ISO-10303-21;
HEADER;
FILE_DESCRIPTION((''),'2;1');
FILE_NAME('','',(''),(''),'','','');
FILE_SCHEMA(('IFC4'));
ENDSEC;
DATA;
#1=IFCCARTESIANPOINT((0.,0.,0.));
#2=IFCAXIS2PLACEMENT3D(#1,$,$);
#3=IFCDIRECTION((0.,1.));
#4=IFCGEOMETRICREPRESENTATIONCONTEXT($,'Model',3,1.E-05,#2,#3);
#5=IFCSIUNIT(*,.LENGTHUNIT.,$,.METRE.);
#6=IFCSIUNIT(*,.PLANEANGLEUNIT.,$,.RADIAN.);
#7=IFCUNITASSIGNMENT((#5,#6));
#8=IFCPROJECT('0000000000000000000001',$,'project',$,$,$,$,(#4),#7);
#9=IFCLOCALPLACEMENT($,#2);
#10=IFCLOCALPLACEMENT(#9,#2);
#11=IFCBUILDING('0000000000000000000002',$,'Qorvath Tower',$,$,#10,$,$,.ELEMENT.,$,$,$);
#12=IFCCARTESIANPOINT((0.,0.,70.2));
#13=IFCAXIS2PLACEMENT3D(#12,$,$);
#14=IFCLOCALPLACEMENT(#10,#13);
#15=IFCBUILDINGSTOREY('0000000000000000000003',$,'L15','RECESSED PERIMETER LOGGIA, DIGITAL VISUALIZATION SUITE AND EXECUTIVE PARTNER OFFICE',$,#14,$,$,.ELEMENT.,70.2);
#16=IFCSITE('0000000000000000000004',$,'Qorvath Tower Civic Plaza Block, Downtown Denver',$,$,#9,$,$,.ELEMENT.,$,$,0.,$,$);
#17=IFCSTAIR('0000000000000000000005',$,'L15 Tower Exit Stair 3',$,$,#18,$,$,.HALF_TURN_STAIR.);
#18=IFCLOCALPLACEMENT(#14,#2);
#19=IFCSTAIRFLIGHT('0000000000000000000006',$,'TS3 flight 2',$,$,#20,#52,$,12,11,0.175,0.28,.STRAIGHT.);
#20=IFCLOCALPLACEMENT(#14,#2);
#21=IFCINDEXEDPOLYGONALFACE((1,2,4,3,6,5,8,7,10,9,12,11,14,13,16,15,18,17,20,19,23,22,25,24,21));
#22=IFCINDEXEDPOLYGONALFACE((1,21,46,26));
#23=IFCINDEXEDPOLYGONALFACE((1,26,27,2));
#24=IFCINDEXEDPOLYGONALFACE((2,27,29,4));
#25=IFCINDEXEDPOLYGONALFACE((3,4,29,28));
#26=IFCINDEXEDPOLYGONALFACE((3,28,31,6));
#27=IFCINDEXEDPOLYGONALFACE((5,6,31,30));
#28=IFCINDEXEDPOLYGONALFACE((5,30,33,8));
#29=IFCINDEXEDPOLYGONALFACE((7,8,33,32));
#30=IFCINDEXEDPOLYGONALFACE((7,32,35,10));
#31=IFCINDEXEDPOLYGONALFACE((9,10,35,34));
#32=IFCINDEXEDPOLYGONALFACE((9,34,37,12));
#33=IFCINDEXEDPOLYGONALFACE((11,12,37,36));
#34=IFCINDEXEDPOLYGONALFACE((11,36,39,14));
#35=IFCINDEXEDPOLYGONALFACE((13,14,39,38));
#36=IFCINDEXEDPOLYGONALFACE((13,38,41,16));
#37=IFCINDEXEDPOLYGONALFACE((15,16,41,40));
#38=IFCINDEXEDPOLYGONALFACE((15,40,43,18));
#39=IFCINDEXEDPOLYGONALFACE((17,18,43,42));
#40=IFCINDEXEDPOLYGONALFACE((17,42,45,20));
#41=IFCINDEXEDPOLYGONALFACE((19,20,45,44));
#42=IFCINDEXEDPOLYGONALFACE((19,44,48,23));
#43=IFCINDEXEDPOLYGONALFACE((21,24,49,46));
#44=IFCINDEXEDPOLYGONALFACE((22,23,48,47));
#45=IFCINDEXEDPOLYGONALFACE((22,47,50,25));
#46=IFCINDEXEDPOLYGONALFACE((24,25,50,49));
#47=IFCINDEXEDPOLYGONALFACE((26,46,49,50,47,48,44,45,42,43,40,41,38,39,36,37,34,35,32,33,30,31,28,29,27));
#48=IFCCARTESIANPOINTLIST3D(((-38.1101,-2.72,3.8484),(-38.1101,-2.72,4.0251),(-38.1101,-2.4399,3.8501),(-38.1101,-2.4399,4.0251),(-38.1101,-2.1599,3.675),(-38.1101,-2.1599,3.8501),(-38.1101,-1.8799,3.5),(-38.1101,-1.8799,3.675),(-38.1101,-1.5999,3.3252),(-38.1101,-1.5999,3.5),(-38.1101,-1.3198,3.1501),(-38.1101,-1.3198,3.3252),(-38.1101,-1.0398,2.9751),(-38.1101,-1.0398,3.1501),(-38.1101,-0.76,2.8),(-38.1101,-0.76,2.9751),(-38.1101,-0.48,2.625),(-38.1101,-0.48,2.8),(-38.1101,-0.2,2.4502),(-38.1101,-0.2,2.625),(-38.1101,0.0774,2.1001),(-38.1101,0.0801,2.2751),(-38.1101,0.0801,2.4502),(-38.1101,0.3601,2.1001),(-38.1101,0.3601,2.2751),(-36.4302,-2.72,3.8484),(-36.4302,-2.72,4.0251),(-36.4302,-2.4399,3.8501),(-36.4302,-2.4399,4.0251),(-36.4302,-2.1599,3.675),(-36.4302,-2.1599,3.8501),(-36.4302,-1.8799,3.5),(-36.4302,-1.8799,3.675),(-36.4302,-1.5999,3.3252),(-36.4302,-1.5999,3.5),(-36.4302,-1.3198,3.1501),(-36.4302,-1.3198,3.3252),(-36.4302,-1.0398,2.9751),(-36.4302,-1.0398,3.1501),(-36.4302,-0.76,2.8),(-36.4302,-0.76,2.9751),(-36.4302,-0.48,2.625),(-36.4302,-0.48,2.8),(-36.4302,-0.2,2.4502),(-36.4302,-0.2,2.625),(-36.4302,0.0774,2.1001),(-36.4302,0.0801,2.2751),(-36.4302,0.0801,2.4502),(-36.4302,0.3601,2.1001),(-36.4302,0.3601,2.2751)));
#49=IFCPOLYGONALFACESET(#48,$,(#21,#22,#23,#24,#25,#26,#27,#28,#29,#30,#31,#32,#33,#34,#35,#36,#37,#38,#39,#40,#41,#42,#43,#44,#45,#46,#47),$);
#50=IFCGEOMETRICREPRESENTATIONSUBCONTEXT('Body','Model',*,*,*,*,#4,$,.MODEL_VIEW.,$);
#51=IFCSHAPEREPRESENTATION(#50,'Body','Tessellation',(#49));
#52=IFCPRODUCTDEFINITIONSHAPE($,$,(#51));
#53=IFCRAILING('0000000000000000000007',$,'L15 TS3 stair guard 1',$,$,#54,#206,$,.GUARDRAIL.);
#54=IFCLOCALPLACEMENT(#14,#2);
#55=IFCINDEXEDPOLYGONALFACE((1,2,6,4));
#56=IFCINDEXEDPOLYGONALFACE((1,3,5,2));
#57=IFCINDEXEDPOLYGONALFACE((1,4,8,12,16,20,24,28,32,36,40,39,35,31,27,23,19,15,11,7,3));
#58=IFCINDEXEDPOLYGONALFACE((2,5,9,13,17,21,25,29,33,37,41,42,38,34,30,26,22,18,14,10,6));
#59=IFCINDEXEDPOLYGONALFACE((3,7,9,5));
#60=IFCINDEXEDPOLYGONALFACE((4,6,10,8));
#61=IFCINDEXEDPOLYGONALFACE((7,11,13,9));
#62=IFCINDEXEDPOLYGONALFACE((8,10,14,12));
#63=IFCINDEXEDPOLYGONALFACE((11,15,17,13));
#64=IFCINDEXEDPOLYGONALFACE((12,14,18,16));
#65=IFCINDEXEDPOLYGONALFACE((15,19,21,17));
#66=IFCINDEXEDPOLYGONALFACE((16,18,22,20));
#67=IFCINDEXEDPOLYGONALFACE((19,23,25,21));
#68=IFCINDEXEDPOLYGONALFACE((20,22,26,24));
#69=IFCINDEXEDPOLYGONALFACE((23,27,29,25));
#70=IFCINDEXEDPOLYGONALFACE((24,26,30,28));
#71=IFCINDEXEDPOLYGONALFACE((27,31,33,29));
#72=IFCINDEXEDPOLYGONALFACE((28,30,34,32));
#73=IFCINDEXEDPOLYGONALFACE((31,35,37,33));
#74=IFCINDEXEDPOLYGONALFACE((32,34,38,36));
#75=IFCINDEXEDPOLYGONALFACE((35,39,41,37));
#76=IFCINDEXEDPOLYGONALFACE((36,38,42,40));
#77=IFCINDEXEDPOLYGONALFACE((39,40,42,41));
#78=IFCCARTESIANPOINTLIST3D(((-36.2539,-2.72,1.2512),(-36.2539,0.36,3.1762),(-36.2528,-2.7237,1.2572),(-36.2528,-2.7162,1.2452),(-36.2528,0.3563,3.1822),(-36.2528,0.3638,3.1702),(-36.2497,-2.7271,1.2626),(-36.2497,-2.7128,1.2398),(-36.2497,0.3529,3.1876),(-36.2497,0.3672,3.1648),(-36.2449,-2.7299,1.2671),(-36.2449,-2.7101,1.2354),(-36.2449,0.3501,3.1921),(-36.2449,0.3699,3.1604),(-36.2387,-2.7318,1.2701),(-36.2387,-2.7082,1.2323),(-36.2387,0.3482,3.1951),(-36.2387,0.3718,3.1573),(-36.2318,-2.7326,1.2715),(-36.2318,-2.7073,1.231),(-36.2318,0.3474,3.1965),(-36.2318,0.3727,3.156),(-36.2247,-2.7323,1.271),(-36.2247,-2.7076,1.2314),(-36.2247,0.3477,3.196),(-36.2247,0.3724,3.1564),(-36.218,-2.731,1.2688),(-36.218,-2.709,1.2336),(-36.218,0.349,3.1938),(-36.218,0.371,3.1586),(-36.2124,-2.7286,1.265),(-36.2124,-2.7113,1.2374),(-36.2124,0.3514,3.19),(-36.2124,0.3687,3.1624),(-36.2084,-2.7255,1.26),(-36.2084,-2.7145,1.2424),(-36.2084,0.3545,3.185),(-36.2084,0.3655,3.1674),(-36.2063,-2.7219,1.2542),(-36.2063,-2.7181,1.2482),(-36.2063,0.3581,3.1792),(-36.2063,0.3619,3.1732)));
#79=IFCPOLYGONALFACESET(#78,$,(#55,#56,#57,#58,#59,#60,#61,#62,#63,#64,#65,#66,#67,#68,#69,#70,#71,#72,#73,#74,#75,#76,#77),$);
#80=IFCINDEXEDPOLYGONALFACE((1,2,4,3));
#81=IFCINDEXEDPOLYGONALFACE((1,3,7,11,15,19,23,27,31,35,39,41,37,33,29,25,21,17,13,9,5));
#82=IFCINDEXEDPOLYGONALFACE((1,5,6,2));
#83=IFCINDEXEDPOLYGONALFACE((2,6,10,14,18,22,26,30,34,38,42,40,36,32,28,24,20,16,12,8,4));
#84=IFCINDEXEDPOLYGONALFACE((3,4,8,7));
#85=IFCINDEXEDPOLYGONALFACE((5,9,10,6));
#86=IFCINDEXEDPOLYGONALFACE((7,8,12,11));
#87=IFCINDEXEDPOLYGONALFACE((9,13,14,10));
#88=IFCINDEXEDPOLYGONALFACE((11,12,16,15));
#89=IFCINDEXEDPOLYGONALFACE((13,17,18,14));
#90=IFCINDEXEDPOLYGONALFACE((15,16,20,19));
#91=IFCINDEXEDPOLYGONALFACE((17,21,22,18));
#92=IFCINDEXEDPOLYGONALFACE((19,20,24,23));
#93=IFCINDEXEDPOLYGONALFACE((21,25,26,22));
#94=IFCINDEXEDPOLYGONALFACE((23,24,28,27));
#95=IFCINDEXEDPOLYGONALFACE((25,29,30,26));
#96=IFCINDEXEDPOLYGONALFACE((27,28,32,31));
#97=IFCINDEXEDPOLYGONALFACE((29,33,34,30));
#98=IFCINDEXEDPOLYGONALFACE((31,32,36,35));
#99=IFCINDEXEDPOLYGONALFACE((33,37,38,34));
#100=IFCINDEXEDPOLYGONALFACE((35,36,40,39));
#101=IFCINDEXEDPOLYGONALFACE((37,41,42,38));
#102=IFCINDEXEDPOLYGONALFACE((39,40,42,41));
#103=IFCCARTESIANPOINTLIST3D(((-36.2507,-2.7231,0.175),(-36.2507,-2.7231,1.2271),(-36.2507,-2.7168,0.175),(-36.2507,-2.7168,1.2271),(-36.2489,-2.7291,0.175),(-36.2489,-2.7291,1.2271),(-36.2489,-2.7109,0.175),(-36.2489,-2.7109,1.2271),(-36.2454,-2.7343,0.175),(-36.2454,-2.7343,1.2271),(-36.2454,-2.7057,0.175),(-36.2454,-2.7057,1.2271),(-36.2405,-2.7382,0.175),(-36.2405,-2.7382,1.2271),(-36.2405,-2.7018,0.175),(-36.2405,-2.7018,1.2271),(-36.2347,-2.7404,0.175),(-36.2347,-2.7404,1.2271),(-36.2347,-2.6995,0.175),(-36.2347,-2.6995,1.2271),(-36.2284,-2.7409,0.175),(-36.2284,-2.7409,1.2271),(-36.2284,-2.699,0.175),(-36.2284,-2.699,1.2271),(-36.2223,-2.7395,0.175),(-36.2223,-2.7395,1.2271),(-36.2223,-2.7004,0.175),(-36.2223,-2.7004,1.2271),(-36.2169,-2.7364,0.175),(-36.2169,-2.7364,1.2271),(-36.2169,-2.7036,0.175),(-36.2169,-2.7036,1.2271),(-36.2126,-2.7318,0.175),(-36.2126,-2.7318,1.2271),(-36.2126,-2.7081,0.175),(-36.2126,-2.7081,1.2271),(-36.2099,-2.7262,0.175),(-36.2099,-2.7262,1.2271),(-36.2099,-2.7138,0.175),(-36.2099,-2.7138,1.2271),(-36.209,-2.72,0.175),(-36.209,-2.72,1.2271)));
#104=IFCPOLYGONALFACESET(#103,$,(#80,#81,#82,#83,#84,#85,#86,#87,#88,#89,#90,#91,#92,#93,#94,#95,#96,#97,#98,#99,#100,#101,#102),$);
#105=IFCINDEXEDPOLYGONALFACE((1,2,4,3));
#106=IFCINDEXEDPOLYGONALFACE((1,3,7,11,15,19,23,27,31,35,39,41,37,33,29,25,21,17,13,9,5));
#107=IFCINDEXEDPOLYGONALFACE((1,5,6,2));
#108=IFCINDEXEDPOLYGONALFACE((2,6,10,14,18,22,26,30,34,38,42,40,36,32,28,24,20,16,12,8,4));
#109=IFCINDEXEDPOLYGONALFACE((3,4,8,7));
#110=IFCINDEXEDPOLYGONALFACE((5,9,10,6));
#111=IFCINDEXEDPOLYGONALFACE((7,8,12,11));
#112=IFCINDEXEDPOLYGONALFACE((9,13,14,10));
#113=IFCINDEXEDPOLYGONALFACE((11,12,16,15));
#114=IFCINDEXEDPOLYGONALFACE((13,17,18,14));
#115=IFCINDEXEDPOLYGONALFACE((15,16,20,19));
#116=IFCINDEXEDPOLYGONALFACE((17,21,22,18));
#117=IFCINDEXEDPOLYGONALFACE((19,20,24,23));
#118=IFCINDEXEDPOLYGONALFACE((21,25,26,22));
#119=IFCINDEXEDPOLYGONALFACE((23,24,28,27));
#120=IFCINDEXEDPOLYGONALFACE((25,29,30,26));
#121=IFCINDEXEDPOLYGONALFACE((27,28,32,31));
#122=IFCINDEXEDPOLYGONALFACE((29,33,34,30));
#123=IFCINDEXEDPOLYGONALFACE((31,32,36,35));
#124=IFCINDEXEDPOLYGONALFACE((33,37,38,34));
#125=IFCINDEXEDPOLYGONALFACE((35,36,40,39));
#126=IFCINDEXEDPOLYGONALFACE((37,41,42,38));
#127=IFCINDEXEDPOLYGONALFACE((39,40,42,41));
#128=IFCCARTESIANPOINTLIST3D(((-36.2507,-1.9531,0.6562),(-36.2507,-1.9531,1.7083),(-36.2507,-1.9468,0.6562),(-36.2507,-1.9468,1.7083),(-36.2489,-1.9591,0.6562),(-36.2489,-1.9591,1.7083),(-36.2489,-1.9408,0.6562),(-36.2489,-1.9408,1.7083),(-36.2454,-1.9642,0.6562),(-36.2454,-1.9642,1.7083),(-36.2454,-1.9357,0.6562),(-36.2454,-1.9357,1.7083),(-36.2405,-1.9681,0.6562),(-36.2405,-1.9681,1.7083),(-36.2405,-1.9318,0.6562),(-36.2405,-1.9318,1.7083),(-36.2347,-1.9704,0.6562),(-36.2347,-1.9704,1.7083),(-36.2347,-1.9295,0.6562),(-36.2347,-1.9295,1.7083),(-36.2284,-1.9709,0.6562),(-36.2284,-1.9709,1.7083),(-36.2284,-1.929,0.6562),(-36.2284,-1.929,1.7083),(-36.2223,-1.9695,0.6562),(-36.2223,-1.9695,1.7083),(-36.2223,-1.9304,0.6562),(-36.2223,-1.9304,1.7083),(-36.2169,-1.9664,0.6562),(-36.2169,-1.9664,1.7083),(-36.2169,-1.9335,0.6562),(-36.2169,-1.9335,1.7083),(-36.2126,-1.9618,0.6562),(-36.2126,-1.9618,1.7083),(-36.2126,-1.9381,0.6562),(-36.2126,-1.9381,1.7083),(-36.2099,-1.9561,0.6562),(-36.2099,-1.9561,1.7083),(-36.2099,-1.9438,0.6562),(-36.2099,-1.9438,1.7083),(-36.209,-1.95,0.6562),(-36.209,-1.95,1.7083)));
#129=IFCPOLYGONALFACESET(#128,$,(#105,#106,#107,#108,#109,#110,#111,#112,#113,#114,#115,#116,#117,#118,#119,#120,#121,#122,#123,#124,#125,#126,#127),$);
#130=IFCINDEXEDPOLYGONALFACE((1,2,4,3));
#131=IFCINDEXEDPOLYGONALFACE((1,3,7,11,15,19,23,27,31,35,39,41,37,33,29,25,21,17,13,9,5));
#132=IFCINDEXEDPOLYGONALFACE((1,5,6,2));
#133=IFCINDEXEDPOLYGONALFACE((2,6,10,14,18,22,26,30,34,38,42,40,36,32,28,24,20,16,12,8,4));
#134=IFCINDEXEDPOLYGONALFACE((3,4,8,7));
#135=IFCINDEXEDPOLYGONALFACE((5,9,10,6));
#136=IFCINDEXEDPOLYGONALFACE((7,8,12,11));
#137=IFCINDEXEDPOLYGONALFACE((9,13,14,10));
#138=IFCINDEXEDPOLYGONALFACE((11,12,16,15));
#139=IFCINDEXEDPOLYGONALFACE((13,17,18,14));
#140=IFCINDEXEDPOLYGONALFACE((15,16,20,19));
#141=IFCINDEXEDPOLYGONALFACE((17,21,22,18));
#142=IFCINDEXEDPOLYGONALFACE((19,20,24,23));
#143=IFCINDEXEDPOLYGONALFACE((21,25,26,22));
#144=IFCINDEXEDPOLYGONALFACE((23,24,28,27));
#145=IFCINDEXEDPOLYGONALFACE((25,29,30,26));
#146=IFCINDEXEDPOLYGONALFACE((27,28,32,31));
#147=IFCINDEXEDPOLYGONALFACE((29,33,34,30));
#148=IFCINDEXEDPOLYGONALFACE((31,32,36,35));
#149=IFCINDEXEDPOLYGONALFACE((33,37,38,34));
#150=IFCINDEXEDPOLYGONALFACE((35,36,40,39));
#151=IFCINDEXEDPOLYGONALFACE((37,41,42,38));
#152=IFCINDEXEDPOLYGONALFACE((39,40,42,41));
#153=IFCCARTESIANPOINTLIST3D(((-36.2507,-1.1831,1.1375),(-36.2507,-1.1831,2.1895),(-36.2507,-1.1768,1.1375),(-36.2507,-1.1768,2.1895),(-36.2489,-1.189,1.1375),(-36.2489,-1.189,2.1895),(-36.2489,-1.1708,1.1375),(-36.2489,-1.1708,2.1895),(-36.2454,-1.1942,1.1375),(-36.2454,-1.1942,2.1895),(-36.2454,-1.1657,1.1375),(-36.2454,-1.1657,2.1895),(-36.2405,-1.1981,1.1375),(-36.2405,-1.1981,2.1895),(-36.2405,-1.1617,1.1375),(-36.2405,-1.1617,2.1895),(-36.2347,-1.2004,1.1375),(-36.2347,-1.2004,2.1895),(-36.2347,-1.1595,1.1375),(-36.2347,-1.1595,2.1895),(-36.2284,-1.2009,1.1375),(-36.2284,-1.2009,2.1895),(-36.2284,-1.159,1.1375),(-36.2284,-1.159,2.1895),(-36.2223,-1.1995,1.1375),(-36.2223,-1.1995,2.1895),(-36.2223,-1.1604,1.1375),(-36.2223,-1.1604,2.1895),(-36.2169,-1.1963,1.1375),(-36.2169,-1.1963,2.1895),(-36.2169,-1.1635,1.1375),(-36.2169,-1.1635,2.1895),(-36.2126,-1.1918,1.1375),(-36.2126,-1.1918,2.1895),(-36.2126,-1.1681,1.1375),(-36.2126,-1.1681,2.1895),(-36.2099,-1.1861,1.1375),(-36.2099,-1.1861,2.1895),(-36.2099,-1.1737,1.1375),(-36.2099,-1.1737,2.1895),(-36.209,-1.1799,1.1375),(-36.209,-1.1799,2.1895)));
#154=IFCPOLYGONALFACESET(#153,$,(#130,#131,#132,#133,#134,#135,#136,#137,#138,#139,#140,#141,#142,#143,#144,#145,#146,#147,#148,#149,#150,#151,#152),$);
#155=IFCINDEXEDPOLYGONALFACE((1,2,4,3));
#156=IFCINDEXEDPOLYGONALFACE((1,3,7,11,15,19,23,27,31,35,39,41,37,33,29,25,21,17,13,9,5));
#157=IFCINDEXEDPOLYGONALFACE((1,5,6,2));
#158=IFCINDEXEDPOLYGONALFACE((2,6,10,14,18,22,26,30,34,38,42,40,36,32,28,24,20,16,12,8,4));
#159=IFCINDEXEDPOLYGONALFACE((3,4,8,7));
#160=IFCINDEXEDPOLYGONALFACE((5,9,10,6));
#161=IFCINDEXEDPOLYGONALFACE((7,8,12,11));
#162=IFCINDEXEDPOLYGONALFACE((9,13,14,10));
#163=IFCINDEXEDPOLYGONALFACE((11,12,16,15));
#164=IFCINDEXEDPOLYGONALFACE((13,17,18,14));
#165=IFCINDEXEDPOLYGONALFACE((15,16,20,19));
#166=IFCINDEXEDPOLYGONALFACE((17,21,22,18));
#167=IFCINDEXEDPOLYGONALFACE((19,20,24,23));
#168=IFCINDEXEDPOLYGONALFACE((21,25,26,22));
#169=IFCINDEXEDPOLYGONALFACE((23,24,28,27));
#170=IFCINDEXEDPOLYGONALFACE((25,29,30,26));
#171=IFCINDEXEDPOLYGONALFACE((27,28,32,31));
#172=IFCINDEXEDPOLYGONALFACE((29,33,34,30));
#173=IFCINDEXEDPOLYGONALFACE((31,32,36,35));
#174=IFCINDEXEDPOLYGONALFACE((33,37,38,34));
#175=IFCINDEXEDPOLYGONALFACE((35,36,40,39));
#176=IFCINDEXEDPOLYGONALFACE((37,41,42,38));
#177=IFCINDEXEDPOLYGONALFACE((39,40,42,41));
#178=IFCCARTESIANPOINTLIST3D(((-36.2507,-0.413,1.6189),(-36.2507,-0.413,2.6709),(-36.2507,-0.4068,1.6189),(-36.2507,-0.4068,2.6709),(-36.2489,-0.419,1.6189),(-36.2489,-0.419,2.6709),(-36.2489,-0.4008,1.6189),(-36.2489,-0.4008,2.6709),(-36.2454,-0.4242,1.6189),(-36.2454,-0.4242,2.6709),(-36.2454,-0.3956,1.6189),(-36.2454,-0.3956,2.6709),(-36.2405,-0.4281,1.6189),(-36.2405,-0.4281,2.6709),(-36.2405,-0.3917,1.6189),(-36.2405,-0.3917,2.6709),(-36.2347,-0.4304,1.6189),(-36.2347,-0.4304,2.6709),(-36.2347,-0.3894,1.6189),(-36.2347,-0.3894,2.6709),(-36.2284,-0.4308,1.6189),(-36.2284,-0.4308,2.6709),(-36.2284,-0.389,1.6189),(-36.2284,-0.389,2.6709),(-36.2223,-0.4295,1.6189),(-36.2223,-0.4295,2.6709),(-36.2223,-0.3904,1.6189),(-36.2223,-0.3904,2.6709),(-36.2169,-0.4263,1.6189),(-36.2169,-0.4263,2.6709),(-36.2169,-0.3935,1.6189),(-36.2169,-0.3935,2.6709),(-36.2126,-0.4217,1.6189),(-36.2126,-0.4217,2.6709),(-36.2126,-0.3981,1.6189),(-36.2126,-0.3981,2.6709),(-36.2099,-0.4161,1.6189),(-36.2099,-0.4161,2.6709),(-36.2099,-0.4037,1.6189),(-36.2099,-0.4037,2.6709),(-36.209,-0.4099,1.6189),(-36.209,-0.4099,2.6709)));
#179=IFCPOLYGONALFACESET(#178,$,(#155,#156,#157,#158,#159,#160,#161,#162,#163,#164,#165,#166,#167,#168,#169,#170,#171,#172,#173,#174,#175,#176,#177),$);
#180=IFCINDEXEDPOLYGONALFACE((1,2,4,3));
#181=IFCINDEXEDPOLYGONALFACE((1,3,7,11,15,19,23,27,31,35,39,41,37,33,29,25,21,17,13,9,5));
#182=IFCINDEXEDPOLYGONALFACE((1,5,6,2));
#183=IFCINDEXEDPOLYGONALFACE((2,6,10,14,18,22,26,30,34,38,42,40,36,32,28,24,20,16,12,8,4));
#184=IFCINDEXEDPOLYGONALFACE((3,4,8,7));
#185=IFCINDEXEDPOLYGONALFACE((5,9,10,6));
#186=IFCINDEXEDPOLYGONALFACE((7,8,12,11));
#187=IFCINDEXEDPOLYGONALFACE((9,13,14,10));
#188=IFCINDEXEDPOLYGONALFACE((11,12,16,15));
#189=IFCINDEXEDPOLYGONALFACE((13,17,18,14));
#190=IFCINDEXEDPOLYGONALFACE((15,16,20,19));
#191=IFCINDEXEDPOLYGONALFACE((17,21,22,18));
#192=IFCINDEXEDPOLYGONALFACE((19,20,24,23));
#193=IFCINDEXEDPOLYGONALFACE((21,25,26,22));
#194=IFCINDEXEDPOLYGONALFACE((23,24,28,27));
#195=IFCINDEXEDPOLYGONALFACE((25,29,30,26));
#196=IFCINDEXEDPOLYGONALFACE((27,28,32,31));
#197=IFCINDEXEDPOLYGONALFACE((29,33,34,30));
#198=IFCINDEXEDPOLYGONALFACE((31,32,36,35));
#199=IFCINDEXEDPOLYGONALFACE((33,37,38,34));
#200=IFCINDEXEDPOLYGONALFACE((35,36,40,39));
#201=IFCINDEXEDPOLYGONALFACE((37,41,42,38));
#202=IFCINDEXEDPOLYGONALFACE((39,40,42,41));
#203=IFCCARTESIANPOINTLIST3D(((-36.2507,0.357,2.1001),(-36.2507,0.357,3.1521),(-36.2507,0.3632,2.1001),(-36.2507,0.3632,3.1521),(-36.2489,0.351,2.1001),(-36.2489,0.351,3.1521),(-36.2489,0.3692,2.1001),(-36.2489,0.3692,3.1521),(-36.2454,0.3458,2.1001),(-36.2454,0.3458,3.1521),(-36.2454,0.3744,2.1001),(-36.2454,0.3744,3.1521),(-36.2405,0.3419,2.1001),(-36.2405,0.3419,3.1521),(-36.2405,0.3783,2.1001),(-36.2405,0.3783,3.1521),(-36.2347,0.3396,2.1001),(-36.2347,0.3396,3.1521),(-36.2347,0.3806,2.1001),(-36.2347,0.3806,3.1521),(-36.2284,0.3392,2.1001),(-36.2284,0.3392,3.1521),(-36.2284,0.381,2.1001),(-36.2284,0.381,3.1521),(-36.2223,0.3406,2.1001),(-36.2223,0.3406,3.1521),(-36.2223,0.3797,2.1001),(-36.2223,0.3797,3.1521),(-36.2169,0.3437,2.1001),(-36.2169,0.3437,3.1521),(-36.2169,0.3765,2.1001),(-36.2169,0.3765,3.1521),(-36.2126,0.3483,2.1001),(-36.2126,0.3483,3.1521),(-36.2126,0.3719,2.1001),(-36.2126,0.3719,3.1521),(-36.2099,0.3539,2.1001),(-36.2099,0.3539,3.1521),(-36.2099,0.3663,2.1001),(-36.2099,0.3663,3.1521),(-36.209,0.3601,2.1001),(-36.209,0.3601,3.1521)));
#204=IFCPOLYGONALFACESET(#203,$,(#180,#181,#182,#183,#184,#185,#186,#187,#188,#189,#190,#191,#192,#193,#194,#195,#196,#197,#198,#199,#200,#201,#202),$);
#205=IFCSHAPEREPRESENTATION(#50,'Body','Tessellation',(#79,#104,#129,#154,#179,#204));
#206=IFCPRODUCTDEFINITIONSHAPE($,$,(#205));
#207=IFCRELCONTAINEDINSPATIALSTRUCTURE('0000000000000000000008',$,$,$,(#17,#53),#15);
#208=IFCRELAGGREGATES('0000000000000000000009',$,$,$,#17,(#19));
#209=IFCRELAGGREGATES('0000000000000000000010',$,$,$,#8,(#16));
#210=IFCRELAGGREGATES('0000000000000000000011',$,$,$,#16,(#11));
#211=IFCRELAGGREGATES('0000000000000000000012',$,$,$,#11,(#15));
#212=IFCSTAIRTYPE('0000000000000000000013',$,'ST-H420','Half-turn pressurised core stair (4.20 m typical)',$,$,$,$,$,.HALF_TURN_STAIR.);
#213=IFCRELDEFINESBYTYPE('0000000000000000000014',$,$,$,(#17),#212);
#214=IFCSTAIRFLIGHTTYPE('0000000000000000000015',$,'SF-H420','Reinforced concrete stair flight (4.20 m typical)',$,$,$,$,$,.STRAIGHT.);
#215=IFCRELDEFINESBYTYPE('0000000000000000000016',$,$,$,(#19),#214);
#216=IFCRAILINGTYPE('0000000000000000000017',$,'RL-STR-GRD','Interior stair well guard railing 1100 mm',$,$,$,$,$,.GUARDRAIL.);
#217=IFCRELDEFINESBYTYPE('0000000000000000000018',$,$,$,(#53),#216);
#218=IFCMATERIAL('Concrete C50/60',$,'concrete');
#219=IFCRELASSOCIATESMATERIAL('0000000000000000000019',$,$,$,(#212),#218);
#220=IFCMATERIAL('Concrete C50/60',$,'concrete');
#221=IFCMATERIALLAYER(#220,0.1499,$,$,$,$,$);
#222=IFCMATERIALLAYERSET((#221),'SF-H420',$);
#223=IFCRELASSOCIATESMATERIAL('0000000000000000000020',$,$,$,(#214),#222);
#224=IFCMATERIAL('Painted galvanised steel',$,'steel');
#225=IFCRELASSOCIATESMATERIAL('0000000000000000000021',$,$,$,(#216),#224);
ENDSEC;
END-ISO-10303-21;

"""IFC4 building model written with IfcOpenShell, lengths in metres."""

from ifc_helpers import new_model, si_unit, direction, frame, origin, origin_2d, place, context, subcontext, project, spatial, polyline, circle, outline, extrude, material, layer, layer_set, type_object, element, aggregate, save


model = new_model("IFC4")

# Units and contexts
model_context = context("Model", 3, precision=1e-05, world=origin(), true_north=direction((0.0, 1.0)))
body_context = subcontext(model_context, "Body", "Model", "MODEL_VIEW")
ifc_project = project(units=[si_unit("LENGTHUNIT", "METRE"), si_unit("PLANEANGLEUNIT", "RADIAN")], contexts=[model_context])

# Site, building, storey
site_placement = place(None, origin())
site = spatial("IfcSite", under=ifc_project, at=site_placement, Name="Qorvath Tower Civic Plaza Block, Downtown Denver", CompositionType="ELEMENT", RefElevation=0.0)
building_placement = place(site_placement, origin())
building = spatial("IfcBuilding", under=site, at=building_placement, Name="Qorvath Tower", CompositionType="ELEMENT")
storey_placement = place(building_placement, frame((0.0, 0.0, 70.2)))
storey = spatial("IfcBuildingStorey", under=building, at=storey_placement, Name="L15", Description="RECESSED PERIMETER LOGGIA, DIGITAL VISUALIZATION SUITE AND EXECUTIVE PARTNER OFFICE", CompositionType="ELEMENT", Elevation=70.2)

# Stair, stair flight
ifc_material_1 = material(Name="Concrete C50/60", Category="concrete")
stair_type = type_object("IfcStairType", Name="ST-H420", Description="Half-turn pressurised core stair (4.20 m typical)", PredefinedType="HALF_TURN_STAIR", material=ifc_material_1)
stair_placement = place(storey_placement, origin())
stair = element("IfcStair", 1, at=stair_placement, inside=storey, type_object=stair_type, Name="L15 Tower Exit Stair 3", PredefinedType="HALF_TURN_STAIR")
ifc_material_2 = material(Name="Concrete C50/60", Category="concrete")
ifc_layer_1 = layer(ifc_material_2, 0.1499)
ifc_layer_set_1 = layer_set([ifc_layer_1], Name="SF-H420")
stair_flight_type = type_object("IfcStairFlightType", Name="SF-H420", Description="Reinforced concrete stair flight (4.20 m typical)", PredefinedType="STRAIGHT", material=ifc_layer_set_1)
stair_flight_1_placement = place(storey_placement, frame((-37.27, 0.3601, 2.1001), z_axis=(0.0, 0.0, 1.0), x_axis=(0.0, -1.0, 0.0)))
stair_flight_1 = element("IfcStairFlight", 2, at=stair_flight_1_placement, type_object=stair_flight_type, Name="TS3 flight 2", NumberOfRisers=12, NumberOfTreads=11, PredefinedType="STRAIGHT", RiserHeight=0.175, TreadLength=0.28, context=body_context, shape_type="SweptSolid", body=[
    extrude(outline(polyline([(0.0, 0.0), (0.0, 0.175), (0.28, 0.175), (0.28, 0.3501), (0.5601, 0.3501), (0.5601, 0.5249), (0.8401, 0.5249), (0.8401, 0.7), (1.1201, 0.7), (1.1201, 0.875), (1.3999, 0.875), (1.3999, 1.05), (1.6799, 1.05), (1.6799, 1.2251), (1.96, 1.2251), (1.96, 1.3999), (2.24, 1.3999), (2.24, 1.575), (2.52, 1.575), (2.52, 1.75), (2.8, 1.75), (2.8, 1.925), (3.0801, 1.925), (3.0801, 2.1001), (3.0801, 1.7483), (0.2827, 0.0), (0.0, 0.0)])), frame((0.0, 0.8398, 0.0), z_axis=(0.0, -1.0, 0.0), x_axis=(1.0, 0.0, 0.0)), (0.0, 0.0, 1.0), 1.6799),
])
aggregate(stair, [stair_flight_1])

# Railing
ifc_material_3 = material(Name="Painted galvanised steel", Category="steel")
railing_type_1 = type_object("IfcRailingType", Name="RL-STR-GRD", Description="Interior stair well guard railing 1100 mm", PredefinedType="GUARDRAIL", material=ifc_material_3)
railing_1_placement = place(storey_placement, frame((-36.23, -2.72, 0.175)))
element("IfcRailing", 3, at=railing_1_placement, inside=storey, type_object=railing_type_1, Name="L15 TS3 stair guard 1", PredefinedType="GUARDRAIL", context=body_context, shape_type="SweptSolid", body=[
    extrude(circle(Radius=0.0239, at=origin_2d()), frame((0.0, 0.0, 1.0762), z_axis=(0.0, 0.847998, 0.529999), x_axis=(-1.0, 0.0, 0.0)), (0.0, 0.0, 1.0), 3.6321),
    extrude(circle(Radius=0.021, at=origin_2d()), origin(), (0.0, 0.0, 1.0), 1.052),
    extrude(circle(Radius=0.021, at=origin_2d()), frame((0.0, 0.77, 0.4812)), (0.0, 0.0, 1.0), 1.052),
    extrude(circle(Radius=0.021, at=origin_2d()), frame((0.0, 1.54, 0.9624)), (0.0, 0.0, 1.0), 1.052),
    extrude(circle(Radius=0.021, at=origin_2d()), frame((0.0, 2.3101, 1.4438)), (0.0, 0.0, 1.0), 1.052),
    extrude(circle(Radius=0.021, at=origin_2d()), frame((0.0, 3.0801, 1.925)), (0.0, 0.0, 1.0), 1.052),
])

save(model, "model.ifc")
